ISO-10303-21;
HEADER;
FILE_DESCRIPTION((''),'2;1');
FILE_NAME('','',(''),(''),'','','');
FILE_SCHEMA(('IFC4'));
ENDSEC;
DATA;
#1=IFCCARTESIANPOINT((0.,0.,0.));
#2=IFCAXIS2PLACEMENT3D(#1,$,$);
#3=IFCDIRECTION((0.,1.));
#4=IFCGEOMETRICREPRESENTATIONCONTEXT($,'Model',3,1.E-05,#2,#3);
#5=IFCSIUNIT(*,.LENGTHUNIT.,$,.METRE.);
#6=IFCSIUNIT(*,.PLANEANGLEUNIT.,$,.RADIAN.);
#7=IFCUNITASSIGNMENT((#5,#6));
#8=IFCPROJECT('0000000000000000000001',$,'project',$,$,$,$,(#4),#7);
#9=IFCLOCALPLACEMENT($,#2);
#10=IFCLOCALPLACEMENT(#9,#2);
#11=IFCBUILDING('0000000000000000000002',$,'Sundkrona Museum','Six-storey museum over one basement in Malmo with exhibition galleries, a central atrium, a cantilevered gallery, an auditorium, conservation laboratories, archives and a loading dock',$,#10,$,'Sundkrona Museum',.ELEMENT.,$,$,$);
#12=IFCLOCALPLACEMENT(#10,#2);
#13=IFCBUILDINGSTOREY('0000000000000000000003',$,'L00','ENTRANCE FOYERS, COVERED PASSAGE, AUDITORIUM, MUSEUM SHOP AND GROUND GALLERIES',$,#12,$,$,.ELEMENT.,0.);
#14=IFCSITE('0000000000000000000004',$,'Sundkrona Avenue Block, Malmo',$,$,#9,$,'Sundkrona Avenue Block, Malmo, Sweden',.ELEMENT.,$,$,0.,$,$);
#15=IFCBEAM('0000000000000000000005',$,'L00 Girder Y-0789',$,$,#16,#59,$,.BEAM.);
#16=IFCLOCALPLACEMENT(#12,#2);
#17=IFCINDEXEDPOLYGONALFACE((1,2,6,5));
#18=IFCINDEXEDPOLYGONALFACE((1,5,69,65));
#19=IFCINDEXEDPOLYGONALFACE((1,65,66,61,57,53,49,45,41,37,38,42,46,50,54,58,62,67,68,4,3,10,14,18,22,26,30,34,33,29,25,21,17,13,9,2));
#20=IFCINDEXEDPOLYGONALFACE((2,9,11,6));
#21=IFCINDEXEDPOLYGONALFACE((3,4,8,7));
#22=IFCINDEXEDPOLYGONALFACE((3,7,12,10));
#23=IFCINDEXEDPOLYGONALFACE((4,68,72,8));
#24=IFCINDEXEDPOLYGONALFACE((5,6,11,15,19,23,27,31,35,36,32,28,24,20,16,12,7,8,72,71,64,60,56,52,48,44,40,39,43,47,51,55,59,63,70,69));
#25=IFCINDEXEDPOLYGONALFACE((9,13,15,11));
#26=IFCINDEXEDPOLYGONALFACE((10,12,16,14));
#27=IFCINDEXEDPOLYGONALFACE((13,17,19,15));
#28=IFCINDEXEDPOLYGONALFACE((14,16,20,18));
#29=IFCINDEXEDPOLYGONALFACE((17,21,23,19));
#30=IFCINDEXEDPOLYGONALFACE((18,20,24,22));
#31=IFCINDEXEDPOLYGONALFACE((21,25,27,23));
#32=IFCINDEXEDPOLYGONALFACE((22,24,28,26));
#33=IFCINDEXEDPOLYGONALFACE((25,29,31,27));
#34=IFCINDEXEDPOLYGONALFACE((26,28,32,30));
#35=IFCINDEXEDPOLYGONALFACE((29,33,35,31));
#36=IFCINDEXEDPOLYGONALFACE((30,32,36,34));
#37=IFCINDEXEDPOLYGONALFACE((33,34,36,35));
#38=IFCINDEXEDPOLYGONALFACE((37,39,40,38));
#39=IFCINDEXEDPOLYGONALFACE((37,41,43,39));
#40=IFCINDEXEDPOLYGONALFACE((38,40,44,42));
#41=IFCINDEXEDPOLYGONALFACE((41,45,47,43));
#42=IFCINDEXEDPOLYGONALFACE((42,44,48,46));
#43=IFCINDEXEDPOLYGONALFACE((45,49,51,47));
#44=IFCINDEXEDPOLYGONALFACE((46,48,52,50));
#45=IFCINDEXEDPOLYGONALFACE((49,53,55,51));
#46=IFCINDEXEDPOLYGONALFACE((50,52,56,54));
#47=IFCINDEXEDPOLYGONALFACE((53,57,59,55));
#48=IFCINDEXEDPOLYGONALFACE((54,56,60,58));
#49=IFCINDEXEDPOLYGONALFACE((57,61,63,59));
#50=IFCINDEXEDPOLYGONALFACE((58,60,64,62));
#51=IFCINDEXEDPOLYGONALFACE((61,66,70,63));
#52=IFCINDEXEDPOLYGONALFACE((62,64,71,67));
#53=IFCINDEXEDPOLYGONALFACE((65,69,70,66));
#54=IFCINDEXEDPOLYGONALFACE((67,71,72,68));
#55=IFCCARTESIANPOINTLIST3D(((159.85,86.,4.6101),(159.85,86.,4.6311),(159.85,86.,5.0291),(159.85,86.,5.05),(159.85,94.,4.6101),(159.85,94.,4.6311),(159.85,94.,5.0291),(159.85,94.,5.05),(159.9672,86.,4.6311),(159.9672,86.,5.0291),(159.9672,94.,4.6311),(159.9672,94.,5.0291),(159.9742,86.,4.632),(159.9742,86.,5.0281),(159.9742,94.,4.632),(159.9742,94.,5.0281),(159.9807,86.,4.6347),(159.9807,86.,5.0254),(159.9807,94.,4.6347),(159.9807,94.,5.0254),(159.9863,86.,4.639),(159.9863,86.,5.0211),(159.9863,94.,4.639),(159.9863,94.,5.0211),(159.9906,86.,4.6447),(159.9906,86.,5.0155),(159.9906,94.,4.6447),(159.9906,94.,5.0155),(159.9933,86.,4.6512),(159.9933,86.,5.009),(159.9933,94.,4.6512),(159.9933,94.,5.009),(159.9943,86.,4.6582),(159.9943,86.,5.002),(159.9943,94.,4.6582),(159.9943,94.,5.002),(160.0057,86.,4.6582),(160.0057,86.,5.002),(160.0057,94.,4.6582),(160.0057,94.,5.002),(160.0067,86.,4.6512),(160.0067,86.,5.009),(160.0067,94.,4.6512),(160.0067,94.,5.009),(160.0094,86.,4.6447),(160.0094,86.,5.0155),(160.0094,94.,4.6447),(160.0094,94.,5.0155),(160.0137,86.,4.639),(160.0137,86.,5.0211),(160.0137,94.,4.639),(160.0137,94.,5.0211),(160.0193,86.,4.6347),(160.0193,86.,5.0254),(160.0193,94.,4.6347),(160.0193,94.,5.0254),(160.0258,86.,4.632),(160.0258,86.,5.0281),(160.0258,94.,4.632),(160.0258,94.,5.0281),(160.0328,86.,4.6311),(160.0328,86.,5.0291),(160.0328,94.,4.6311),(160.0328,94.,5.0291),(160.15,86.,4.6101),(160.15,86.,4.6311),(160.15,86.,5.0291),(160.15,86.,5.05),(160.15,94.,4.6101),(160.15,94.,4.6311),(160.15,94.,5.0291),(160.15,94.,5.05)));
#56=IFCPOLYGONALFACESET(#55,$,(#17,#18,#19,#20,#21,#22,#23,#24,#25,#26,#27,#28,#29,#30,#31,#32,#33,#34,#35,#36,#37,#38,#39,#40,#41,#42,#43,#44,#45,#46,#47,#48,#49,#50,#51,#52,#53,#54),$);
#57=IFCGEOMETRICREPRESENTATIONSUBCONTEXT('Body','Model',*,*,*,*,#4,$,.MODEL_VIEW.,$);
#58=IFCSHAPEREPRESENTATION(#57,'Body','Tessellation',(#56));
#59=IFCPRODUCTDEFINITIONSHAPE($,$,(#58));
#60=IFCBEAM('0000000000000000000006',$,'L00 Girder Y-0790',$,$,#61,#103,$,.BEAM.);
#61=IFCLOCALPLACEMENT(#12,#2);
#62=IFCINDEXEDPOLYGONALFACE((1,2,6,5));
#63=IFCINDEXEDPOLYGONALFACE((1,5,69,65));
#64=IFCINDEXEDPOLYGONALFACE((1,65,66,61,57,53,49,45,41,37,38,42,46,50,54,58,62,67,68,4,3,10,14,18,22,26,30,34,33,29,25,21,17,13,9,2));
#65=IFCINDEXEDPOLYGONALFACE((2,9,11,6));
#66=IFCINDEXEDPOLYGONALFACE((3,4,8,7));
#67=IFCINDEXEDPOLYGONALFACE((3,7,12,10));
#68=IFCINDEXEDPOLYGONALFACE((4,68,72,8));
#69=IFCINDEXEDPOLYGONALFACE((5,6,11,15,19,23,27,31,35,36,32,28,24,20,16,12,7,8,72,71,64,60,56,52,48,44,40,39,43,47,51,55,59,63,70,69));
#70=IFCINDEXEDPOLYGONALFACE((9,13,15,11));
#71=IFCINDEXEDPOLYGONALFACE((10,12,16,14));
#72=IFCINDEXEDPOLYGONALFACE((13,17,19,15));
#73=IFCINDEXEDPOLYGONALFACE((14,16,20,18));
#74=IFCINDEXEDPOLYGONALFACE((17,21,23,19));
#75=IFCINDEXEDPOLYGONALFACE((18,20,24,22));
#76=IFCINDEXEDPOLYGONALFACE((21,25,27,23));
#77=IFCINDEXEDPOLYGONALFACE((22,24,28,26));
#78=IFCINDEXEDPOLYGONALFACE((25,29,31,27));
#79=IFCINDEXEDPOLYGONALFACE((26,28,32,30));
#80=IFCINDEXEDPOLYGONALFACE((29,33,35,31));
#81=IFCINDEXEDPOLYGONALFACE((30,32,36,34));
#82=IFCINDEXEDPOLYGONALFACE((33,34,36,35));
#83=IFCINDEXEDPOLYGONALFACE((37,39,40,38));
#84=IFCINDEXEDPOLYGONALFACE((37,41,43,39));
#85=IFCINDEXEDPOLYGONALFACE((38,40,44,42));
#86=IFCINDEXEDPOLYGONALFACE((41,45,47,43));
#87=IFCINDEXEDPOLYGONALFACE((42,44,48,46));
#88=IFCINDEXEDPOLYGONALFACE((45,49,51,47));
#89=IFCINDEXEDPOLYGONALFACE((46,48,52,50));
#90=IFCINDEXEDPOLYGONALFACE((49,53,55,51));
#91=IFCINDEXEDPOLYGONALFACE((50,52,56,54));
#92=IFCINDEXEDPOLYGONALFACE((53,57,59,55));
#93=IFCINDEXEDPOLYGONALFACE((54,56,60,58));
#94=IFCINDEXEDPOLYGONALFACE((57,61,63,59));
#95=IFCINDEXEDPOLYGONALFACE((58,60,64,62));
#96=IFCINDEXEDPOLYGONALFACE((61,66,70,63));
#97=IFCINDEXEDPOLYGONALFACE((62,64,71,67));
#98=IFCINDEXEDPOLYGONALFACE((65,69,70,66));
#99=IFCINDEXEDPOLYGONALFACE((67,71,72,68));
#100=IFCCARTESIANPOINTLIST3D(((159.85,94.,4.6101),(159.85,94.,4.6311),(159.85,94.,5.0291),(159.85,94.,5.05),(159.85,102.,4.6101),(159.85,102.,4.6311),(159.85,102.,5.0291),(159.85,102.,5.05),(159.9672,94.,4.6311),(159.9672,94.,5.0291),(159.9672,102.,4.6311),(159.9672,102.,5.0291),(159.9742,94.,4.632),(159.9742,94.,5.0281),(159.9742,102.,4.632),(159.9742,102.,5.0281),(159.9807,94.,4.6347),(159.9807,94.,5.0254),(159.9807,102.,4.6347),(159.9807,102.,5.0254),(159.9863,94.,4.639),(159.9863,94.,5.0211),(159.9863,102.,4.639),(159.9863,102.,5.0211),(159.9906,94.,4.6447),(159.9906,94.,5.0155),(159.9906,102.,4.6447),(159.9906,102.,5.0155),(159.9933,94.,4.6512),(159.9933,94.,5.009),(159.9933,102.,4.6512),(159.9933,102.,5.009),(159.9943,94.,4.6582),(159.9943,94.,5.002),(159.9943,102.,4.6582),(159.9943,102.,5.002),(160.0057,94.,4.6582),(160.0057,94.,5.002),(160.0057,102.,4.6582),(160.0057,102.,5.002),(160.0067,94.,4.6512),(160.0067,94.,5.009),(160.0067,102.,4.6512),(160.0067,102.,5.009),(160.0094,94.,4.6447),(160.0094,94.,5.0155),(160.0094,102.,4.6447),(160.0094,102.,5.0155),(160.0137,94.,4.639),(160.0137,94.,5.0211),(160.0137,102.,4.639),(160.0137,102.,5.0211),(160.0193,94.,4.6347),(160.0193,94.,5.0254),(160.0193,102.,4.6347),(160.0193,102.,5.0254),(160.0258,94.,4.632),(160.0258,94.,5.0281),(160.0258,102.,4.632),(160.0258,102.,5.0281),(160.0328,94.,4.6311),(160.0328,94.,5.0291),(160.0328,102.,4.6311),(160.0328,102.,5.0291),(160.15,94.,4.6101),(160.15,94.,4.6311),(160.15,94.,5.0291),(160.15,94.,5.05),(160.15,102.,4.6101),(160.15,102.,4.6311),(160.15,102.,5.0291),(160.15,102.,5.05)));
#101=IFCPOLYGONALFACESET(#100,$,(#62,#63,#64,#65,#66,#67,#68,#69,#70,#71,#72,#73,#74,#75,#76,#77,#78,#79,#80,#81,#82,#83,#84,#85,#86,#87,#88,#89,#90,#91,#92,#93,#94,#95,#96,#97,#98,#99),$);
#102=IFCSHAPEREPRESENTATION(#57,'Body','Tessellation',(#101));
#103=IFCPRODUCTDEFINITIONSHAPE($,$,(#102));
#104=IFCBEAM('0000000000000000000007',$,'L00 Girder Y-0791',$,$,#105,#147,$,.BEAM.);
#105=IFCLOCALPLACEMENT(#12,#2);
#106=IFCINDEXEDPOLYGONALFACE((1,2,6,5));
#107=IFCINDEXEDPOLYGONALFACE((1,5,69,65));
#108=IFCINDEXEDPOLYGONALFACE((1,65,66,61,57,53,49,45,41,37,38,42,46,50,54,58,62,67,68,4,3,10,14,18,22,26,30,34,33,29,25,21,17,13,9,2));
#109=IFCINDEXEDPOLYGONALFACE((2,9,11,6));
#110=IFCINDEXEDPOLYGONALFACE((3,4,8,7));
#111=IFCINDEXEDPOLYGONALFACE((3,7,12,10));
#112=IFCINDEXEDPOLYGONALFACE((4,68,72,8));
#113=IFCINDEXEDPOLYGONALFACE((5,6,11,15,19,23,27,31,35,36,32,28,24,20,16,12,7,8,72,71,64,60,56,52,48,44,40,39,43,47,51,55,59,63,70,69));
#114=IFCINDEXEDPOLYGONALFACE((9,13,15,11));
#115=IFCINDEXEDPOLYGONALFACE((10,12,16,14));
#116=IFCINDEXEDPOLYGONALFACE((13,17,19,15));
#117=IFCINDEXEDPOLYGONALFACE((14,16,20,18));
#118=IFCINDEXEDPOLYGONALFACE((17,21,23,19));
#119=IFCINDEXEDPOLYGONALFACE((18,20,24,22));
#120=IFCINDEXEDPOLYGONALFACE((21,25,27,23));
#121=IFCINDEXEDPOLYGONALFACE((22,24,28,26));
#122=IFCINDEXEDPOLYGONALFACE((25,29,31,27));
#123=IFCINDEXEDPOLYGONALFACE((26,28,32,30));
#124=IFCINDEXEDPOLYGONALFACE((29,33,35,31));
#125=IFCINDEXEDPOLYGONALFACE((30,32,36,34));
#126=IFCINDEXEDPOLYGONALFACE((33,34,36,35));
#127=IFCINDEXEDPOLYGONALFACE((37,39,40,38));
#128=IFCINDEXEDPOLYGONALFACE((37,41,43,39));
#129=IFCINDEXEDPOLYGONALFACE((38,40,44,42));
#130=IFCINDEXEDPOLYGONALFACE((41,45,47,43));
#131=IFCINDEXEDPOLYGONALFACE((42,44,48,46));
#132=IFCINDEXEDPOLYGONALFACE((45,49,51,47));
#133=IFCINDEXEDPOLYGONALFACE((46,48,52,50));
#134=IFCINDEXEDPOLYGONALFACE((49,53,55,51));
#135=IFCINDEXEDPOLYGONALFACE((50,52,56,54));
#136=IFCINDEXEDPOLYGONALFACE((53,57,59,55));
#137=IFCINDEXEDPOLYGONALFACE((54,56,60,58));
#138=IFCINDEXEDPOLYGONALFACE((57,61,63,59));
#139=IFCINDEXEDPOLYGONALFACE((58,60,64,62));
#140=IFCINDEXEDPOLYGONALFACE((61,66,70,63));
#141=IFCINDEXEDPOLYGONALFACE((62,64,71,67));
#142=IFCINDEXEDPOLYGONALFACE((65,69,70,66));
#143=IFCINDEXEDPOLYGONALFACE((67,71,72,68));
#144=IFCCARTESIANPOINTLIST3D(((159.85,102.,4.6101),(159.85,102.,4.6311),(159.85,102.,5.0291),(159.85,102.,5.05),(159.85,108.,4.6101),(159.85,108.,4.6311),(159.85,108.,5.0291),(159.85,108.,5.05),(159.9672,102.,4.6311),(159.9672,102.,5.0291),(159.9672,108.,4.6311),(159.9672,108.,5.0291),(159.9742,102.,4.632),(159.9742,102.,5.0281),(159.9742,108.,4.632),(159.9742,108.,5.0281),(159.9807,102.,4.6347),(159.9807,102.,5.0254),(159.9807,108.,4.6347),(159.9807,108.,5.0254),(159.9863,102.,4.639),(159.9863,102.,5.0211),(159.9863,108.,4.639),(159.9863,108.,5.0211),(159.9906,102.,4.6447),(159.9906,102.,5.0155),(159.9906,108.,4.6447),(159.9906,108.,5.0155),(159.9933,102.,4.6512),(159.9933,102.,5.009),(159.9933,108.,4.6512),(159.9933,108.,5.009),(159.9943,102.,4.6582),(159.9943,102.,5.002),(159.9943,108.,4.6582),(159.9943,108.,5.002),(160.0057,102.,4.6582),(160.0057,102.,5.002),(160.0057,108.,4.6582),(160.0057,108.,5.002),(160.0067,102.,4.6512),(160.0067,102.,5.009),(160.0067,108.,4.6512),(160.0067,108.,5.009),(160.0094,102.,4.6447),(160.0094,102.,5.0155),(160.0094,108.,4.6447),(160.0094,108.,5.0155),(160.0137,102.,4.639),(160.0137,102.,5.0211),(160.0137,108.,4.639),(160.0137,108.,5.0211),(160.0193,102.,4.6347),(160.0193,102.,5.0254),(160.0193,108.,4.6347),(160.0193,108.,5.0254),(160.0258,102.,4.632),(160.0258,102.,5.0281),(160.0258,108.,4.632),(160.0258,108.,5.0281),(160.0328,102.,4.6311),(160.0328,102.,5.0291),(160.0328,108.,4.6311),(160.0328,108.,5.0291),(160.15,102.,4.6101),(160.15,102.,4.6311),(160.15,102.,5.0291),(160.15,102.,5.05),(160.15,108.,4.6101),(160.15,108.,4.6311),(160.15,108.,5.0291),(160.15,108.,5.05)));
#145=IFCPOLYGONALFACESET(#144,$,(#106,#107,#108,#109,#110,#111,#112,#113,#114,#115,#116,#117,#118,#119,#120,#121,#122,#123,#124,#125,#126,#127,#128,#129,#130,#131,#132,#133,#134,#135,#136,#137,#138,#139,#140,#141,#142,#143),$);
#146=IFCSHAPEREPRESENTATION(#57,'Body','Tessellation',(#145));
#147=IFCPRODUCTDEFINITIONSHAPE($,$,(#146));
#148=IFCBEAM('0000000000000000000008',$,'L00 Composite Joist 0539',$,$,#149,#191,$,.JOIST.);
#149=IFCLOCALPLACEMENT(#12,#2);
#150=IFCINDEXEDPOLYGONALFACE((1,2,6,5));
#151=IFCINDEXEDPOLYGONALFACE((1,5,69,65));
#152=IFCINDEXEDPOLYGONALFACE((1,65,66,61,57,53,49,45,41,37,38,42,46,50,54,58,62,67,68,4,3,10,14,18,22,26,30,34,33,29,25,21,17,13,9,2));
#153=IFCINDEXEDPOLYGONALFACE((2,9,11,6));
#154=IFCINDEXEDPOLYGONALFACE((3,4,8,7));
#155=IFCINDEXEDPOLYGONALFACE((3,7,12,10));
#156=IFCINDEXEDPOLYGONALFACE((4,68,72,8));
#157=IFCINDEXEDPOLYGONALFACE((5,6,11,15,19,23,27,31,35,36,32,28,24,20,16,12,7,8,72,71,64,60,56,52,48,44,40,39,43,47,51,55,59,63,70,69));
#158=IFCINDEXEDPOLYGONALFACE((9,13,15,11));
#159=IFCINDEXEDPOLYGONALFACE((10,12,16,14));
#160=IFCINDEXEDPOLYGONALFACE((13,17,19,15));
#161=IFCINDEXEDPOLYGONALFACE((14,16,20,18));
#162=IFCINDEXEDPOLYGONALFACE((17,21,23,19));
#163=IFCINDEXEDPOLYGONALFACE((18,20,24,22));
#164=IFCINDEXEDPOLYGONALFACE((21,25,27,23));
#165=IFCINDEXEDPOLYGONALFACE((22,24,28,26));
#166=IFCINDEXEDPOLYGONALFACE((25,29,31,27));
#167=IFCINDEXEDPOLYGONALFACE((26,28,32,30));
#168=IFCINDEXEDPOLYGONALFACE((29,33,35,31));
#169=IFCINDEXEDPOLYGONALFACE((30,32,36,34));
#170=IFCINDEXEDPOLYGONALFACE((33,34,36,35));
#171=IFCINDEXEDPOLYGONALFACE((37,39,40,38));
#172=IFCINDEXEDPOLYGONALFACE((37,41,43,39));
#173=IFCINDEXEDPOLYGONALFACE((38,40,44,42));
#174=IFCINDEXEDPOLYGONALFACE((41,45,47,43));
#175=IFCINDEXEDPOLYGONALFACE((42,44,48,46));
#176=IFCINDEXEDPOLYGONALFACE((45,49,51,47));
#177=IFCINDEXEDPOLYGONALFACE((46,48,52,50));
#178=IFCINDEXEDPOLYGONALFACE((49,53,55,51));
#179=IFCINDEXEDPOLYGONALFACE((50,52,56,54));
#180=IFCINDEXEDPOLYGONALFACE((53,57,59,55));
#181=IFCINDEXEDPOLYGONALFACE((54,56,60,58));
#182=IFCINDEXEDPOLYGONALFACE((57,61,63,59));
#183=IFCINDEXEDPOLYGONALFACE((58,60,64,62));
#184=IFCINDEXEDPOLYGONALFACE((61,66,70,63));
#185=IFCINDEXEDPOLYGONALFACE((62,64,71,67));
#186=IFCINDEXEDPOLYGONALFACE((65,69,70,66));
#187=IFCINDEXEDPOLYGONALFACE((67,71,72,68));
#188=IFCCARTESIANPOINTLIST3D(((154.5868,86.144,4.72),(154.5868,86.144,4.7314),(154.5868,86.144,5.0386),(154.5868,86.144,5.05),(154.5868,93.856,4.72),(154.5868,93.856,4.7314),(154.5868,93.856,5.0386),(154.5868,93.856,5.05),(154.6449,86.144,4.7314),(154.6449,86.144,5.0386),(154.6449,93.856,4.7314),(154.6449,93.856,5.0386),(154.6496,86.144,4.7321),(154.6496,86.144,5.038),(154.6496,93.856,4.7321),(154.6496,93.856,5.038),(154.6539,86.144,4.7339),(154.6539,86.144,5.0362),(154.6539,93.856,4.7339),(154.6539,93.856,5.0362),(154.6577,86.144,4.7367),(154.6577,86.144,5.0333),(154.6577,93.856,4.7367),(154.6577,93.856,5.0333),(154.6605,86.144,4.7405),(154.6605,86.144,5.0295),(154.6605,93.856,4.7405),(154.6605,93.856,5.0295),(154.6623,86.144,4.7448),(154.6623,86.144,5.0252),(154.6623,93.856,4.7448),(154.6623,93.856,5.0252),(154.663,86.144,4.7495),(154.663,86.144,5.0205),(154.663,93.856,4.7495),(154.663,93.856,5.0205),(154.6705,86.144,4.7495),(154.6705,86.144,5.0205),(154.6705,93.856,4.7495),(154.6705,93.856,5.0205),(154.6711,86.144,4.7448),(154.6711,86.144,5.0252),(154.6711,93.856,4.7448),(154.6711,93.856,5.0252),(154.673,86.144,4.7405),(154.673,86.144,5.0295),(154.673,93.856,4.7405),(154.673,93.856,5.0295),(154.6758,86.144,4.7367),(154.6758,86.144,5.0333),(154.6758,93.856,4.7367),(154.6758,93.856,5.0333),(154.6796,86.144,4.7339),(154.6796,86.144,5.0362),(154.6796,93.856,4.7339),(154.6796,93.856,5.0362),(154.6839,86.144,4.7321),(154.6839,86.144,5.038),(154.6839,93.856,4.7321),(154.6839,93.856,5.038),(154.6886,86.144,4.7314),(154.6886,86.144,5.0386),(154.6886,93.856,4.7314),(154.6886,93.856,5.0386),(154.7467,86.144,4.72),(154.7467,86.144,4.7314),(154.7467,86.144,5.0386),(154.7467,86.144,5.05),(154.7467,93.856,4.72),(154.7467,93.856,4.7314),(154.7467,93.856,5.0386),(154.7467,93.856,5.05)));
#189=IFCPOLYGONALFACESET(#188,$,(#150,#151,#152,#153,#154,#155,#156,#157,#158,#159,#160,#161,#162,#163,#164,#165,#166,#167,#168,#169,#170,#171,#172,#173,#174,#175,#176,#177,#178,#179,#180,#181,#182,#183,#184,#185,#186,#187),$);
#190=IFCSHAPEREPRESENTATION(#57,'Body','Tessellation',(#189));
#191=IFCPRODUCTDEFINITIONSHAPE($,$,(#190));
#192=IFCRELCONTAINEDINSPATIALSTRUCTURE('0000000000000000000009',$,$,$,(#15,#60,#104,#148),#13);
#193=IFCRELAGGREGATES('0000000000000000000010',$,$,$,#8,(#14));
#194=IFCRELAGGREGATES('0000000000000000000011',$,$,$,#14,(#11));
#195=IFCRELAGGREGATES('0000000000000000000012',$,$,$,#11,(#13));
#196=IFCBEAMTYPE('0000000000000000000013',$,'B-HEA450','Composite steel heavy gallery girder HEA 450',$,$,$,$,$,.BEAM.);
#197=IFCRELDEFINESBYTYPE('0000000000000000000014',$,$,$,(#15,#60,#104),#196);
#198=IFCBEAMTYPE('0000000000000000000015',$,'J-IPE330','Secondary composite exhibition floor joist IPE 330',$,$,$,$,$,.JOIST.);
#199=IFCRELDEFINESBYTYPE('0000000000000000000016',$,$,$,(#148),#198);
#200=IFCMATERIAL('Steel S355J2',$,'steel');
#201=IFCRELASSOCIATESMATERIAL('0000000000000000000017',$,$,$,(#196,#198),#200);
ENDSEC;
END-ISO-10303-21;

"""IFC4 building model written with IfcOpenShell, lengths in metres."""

from ifc_helpers import new_model, si_unit, direction, frame, origin, origin_2d, place, context, subcontext, project, spatial, i_section, extrude, material, material_profile, profile_set, type_object, element, save


model = new_model("IFC4")

# Units and contexts
model_context = context("Model", 3, precision=1e-05, world=origin(), true_north=direction((0.0, 1.0)))
body_context = subcontext(model_context, "Body", "Model", "MODEL_VIEW")
ifc_project = project(units=[si_unit("LENGTHUNIT", "METRE"), si_unit("PLANEANGLEUNIT", "RADIAN")], contexts=[model_context])

# Site, building, storey
site_placement = place(None, origin())
site = spatial("IfcSite", under=ifc_project, at=site_placement, Name="Sundkrona Avenue Block, Malmo", LongName="Sundkrona Avenue Block, Malmo, Sweden", CompositionType="ELEMENT", RefElevation=0.0)
building_placement = place(site_placement, origin())
building = spatial("IfcBuilding", under=site, at=building_placement, Name="Sundkrona Museum", Description="Six-storey museum over one basement in Malmo with exhibition galleries, a central atrium, a cantilevered gallery, an auditorium, conservation laboratories, archives and a loading dock", LongName="Sundkrona Museum", CompositionType="ELEMENT")
storey_placement = place(building_placement, origin())
storey = spatial("IfcBuildingStorey", under=building, at=storey_placement, Name="L00", Description="ENTRANCE FOYERS, COVERED PASSAGE, AUDITORIUM, MUSEUM SHOP AND GROUND GALLERIES", CompositionType="ELEMENT", Elevation=0.0)

# Shared definitions
ifc_material_1 = material(Name="Steel S355J2", Category="steel")

# Beams
ifc_material_profile_1 = material_profile(ifc_material_1, i_section(OverallWidth=0.3, OverallDepth=0.4399, WebThickness=0.0115, FlangeThickness=0.021, FilletRadius=0.0271, at=origin_2d()), Name="HEA 450")
ifc_profile_set_1 = profile_set([ifc_material_profile_1], Name="Steel S355J2")
beam_type_1 = type_object("IfcBeamType", Name="B-HEA450", Description="Composite steel heavy gallery girder HEA 450", PredefinedType="BEAM", material=ifc_profile_set_1)
for number, where, z_axis, x_axis, name in (
    (1, (160.0, 86.0, 4.8301), (0.0, 1.0, 0.0), (-1.0, 0.0, 0.0), "L00 Girder Y-0789"),
    (2, (160.0, 94.0, 4.8301), (0.0, 1.0, 0.0), (-1.0, 0.0, 0.0), "L00 Girder Y-0790"),
):
    element("IfcBeam", number, at=place(storey_placement, frame(where, z_axis=z_axis, x_axis=x_axis)), inside=storey, type_object=beam_type_1, Name=name, PredefinedType="BEAM", context=body_context, shape_type="SweptSolid", body=[
        extrude(i_section(OverallWidth=0.3, OverallDepth=0.4399, WebThickness=0.0115, FlangeThickness=0.021, FilletRadius=0.0271, at=origin_2d()), origin(), (0.0, 0.0, 1.0), 8.0),
    ])
beam_1_placement = place(storey_placement, frame((160.0, 102.0, 4.8301), z_axis=(0.0, 1.0, 0.0), x_axis=(-1.0, 0.0, 0.0)))
element("IfcBeam", 3, at=beam_1_placement, inside=storey, type_object=beam_type_1, Name="L00 Girder Y-0791", PredefinedType="BEAM", context=body_context, shape_type="SweptSolid", body=[
    extrude(i_section(OverallWidth=0.3, OverallDepth=0.4399, WebThickness=0.0115, FlangeThickness=0.021, FilletRadius=0.0271, at=origin_2d()), origin(), (0.0, 0.0, 1.0), 6.0),
])
ifc_material_profile_2 = material_profile(ifc_material_1, i_section(OverallWidth=0.1599, OverallDepth=0.3301, WebThickness=0.0076, FlangeThickness=0.0115, FilletRadius=0.0181, at=origin_2d()), Name="IPE 330")
ifc_profile_set_2 = profile_set([ifc_material_profile_2], Name="Steel S355J2")
beam_type_2 = type_object("IfcBeamType", Name="J-IPE330", Description="Secondary composite exhibition floor joist IPE 330", PredefinedType="JOIST", material=ifc_profile_set_2)
for number, where, z_axis, x_axis, name in (
    (4, (154.6667, 86.144, 4.885), (0.0, 1.0, 0.0), (-1.0, 0.0, 0.0), "L00 Composite Joist 0539"),
):
    element("IfcBeam", number, at=place(storey_placement, frame(where, z_axis=z_axis, x_axis=x_axis)), inside=storey, type_object=beam_type_2, Name=name, PredefinedType="JOIST", context=body_context, shape_type="SweptSolid", body=[
        extrude(i_section(OverallWidth=0.1599, OverallDepth=0.3301, WebThickness=0.0076, FlangeThickness=0.0115, FilletRadius=0.0181, at=origin_2d()), origin(), (0.0, 0.0, 1.0), 7.7119),
    ])

save(model, "model.ifc")
